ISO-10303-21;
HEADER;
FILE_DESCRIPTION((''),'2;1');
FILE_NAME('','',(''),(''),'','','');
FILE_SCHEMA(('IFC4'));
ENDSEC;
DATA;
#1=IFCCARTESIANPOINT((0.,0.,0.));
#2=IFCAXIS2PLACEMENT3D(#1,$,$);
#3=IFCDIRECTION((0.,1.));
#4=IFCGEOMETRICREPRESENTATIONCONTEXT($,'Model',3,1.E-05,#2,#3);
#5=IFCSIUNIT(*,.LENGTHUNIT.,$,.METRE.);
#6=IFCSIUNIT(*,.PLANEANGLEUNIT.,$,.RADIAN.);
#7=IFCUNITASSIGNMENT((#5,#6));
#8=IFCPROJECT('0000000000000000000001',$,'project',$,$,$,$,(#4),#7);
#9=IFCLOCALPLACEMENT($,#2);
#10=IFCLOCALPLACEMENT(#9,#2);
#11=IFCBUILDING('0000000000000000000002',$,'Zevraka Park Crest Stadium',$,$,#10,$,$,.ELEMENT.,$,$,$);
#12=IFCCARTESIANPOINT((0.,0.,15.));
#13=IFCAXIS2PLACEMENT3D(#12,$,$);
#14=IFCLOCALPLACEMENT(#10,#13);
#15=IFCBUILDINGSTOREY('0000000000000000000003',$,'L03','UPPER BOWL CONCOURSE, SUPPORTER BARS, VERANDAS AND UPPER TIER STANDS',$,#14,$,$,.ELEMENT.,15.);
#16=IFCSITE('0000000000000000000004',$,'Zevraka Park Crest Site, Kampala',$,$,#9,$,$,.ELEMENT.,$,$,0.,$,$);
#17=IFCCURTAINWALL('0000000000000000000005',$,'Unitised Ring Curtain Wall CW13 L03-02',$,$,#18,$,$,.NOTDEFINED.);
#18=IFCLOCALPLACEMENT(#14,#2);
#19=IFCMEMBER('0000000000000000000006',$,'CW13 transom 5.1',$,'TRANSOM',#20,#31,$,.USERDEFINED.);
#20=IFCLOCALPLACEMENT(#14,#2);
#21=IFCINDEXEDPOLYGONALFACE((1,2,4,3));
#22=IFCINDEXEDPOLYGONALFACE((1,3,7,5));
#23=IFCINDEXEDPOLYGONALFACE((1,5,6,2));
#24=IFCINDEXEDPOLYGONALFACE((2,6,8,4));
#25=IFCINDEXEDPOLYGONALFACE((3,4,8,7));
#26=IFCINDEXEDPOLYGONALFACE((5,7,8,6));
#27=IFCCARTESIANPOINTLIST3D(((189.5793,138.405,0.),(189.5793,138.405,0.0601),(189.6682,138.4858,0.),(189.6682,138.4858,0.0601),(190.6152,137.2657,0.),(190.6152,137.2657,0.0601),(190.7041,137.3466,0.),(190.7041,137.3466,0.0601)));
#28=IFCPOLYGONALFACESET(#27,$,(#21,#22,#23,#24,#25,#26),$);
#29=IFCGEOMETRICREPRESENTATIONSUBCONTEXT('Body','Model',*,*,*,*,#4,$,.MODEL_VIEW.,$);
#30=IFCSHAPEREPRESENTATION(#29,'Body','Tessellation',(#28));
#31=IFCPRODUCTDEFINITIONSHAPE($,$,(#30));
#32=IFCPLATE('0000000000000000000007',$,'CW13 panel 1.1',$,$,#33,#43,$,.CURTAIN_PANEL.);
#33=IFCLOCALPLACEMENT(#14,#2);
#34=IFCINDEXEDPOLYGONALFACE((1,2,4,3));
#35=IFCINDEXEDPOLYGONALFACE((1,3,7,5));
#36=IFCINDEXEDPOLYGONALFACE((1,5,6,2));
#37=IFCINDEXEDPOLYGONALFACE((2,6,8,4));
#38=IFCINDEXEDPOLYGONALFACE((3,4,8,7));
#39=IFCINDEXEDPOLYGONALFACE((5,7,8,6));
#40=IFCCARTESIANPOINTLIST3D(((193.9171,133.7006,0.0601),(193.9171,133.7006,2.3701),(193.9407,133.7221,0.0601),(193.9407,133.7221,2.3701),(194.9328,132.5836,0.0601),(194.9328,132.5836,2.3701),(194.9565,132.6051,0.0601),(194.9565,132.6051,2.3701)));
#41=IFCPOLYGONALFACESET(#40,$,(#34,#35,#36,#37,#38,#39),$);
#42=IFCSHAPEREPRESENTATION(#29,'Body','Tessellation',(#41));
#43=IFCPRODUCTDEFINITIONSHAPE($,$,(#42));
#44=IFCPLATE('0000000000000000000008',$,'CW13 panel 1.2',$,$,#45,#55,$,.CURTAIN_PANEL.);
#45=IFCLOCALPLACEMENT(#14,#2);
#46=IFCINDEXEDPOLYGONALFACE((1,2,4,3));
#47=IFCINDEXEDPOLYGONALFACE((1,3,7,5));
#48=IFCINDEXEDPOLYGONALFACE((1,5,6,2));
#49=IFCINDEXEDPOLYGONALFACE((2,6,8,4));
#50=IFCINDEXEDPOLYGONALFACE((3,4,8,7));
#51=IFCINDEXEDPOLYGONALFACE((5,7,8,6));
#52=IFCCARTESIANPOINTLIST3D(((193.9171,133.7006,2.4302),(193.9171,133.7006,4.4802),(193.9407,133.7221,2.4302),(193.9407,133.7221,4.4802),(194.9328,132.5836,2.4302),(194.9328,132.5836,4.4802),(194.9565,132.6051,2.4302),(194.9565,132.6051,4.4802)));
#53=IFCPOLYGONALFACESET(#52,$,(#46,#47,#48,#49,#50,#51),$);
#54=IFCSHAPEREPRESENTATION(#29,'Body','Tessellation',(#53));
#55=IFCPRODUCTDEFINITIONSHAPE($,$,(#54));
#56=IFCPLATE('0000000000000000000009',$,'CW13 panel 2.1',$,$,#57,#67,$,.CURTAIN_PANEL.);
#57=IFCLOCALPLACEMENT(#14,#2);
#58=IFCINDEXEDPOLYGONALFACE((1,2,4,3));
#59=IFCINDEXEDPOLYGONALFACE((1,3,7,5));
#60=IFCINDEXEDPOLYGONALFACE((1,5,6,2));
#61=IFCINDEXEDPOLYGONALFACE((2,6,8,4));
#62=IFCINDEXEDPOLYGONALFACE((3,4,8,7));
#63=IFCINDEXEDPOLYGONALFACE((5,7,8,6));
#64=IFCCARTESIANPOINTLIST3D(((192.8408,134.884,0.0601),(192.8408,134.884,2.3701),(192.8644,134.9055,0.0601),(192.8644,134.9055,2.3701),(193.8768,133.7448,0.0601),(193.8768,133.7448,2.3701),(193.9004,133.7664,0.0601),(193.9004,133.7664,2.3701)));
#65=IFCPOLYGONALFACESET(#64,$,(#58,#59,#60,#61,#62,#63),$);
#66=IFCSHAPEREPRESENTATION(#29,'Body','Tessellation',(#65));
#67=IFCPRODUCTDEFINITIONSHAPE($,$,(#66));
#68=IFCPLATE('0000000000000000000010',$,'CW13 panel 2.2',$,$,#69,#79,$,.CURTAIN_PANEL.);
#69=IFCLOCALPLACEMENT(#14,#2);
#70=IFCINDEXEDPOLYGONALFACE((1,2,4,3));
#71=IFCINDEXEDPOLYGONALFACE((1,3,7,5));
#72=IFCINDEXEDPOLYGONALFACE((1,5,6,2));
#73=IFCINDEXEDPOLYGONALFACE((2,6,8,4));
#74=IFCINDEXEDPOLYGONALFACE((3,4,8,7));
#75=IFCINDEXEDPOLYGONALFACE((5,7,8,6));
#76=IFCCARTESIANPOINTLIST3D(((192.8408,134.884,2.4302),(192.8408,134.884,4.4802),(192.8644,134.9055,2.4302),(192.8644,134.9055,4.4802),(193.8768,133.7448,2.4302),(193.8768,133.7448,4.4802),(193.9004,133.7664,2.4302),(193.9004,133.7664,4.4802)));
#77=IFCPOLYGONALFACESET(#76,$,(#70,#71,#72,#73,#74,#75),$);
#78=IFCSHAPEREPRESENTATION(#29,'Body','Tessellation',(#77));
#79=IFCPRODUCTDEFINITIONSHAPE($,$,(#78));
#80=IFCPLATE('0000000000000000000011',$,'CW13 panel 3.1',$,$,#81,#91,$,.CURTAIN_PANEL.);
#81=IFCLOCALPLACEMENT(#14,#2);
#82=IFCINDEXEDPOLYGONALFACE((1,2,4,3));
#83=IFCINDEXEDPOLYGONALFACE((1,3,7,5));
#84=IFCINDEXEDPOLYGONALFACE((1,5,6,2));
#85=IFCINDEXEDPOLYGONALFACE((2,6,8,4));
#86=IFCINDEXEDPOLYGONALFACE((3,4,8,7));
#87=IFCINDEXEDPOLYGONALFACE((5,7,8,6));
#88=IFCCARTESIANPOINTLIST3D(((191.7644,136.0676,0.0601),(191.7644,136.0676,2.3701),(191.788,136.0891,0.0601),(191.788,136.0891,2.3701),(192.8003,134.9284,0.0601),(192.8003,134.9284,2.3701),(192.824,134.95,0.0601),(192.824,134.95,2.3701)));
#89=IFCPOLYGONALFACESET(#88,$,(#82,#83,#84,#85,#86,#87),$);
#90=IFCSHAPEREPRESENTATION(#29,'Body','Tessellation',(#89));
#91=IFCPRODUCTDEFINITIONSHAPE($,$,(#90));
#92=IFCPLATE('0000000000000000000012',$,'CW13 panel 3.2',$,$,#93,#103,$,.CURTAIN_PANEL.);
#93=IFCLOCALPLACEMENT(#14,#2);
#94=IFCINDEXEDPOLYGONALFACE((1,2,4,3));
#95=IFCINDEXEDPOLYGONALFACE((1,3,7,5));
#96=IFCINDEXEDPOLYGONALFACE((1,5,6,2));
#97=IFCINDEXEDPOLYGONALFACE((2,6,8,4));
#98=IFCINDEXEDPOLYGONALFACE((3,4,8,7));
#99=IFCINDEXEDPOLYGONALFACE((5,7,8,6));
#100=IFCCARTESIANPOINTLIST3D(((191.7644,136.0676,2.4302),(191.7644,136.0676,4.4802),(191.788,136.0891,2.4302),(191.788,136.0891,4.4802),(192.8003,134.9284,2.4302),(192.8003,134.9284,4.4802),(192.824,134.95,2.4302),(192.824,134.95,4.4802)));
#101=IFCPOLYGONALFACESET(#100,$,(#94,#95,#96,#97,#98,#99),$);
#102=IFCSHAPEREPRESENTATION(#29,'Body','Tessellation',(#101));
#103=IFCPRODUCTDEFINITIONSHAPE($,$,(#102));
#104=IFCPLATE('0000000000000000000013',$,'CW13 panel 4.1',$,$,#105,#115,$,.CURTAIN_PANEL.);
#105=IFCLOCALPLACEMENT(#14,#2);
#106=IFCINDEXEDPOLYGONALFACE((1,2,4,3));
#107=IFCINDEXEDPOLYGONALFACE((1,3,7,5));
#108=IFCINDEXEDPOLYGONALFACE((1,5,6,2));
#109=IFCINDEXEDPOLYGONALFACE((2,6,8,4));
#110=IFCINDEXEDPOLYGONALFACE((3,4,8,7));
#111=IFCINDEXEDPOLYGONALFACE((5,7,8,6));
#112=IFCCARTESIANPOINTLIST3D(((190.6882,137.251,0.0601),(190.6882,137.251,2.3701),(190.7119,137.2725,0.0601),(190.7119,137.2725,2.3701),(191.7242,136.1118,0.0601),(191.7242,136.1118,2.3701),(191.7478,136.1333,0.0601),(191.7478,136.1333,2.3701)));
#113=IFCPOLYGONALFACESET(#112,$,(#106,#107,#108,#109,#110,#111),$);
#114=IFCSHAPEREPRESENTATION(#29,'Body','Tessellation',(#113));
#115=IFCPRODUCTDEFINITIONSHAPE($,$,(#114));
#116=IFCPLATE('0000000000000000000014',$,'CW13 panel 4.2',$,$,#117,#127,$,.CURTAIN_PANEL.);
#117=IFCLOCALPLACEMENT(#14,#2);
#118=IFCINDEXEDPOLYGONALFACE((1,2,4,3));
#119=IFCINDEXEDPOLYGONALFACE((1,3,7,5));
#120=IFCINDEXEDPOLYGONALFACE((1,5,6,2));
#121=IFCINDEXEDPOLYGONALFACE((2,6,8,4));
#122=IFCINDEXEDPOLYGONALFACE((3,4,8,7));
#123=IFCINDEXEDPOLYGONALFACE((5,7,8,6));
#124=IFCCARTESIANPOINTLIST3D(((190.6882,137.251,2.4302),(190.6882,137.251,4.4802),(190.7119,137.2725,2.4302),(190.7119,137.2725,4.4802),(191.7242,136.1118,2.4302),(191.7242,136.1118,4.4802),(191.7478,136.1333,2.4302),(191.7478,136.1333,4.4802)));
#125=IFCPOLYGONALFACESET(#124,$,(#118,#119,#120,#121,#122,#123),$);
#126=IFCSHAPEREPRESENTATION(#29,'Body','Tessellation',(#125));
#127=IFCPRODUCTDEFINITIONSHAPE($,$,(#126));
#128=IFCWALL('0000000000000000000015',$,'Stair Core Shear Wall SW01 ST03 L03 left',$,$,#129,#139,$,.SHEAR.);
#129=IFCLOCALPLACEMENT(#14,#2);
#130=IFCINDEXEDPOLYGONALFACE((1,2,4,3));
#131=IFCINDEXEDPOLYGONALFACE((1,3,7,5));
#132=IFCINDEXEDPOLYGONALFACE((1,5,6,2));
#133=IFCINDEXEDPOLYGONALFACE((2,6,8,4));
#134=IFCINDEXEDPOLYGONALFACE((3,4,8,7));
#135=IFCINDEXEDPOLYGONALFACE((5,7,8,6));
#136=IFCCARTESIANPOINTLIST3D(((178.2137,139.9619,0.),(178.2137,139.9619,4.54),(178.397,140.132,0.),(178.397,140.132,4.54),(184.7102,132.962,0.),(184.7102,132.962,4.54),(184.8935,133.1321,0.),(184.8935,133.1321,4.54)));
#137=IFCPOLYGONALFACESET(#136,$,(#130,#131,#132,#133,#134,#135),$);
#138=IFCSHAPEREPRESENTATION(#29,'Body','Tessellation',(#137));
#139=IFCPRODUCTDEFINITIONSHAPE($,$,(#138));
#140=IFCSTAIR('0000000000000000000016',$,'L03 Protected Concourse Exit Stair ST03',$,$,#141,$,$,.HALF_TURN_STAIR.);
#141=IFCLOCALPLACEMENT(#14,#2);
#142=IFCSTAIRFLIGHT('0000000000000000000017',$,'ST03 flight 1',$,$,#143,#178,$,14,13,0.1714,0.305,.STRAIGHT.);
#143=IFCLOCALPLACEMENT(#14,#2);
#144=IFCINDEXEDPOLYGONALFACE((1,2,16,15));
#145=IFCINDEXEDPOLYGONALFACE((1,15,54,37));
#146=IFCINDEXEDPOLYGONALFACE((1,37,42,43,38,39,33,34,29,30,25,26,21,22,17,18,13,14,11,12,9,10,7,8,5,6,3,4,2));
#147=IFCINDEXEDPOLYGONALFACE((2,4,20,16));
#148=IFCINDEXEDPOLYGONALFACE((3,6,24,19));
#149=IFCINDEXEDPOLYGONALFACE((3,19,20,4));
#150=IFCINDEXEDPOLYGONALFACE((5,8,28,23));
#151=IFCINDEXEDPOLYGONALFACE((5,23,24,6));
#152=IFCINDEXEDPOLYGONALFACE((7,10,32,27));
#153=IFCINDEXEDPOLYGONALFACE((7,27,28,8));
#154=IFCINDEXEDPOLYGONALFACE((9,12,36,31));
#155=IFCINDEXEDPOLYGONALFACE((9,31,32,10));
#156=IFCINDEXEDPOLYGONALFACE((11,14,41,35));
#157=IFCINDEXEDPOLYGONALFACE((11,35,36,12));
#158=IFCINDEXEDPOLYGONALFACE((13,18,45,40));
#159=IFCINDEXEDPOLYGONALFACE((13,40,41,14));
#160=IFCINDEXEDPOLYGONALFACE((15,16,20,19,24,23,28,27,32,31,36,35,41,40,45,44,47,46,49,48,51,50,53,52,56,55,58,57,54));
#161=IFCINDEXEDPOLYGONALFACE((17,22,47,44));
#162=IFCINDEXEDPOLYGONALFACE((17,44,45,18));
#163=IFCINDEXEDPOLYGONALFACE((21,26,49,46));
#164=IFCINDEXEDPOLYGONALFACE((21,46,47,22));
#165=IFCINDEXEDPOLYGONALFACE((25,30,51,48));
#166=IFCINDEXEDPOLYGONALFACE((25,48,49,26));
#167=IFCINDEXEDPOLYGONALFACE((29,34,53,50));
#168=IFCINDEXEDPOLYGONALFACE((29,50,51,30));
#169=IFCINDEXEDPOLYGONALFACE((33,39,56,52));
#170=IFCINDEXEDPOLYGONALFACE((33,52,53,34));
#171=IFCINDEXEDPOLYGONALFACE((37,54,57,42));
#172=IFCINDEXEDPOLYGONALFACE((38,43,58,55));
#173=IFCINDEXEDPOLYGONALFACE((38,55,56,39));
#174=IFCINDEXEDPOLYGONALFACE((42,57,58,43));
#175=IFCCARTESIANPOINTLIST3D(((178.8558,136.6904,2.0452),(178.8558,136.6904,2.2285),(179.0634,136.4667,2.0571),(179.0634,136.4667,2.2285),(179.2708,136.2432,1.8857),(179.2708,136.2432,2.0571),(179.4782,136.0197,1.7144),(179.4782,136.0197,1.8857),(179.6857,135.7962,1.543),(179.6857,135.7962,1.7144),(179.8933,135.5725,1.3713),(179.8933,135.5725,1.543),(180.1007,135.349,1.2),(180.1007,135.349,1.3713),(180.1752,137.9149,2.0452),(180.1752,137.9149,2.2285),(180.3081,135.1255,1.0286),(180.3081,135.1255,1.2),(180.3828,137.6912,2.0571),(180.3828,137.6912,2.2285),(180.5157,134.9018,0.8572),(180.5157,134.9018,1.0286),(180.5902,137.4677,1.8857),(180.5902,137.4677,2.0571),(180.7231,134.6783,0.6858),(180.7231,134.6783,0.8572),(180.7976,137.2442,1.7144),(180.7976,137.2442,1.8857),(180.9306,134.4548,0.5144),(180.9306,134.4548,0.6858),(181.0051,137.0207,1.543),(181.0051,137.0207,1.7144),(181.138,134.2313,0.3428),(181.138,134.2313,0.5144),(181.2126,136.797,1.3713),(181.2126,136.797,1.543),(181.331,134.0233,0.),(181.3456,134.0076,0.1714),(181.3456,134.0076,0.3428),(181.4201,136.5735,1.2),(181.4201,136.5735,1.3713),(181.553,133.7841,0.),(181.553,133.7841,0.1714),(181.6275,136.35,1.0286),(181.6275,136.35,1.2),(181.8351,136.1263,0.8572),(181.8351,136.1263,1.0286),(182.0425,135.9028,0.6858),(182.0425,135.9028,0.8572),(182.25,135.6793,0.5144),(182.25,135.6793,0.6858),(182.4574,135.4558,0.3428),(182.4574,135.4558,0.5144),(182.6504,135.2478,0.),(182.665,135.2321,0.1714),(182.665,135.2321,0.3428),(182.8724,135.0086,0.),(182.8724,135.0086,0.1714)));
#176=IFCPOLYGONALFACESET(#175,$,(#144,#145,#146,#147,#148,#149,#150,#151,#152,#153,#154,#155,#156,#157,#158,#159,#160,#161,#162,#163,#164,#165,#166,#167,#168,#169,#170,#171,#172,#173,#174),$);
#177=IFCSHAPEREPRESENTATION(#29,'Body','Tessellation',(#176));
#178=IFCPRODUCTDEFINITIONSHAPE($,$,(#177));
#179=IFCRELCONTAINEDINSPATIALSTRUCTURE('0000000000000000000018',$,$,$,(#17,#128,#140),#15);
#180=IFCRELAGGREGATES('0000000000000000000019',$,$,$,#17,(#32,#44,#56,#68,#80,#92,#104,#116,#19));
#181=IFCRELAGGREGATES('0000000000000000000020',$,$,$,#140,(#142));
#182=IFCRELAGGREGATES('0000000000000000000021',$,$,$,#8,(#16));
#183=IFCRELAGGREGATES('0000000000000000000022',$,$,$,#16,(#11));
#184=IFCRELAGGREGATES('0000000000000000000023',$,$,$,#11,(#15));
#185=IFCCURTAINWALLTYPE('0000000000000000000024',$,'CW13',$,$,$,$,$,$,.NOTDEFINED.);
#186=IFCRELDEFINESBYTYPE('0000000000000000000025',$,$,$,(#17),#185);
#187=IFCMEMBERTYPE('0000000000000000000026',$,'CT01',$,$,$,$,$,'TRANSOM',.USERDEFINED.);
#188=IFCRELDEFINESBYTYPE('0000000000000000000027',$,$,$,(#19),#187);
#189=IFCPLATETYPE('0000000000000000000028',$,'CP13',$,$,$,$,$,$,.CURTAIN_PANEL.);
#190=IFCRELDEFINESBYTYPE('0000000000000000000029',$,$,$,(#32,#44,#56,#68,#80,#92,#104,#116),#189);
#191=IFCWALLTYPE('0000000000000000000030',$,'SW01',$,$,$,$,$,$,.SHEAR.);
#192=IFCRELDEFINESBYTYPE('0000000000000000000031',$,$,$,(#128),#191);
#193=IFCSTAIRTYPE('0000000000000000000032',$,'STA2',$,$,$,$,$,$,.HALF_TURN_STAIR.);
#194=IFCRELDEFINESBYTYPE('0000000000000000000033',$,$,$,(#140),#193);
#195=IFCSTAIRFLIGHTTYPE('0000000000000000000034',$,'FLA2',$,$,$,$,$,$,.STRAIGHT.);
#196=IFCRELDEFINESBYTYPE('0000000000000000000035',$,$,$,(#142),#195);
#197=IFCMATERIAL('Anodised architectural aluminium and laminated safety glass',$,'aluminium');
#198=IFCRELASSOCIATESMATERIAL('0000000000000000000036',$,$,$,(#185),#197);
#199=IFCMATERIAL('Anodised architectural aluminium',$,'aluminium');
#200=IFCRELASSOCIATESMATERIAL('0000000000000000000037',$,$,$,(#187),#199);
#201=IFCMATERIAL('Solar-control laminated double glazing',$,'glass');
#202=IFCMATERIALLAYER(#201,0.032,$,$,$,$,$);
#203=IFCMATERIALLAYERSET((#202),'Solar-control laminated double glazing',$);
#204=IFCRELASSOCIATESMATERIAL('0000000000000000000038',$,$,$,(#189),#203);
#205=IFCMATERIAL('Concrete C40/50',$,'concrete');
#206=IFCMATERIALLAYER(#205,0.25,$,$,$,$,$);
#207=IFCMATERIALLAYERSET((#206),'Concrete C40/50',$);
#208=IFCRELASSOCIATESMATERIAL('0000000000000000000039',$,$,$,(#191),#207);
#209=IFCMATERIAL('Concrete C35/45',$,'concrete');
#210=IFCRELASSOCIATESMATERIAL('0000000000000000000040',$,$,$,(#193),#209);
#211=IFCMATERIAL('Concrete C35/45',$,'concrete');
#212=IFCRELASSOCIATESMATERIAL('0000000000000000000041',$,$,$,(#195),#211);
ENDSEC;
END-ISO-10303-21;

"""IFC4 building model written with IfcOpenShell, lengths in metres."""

from ifc_helpers import new_model, si_unit, direction, frame, frame_2d, origin, origin_2d, place, context, subcontext, project, spatial, polyline, rectangle, outline, extrude, material, layer, layer_set, material_profile, profile_set, type_object, element, aggregate, save


model = new_model("IFC4")

# Units and contexts
model_context = context("Model", 3, precision=1e-05, world=origin(), true_north=direction((0.0, 1.0)))
body_context = subcontext(model_context, "Body", "Model", "MODEL_VIEW")
ifc_project = project(units=[si_unit("LENGTHUNIT", "METRE"), si_unit("PLANEANGLEUNIT", "RADIAN")], contexts=[model_context])

# Site, building, storey
site_placement = place(None, origin())
site = spatial("IfcSite", under=ifc_project, at=site_placement, Name="Zevraka Park Crest Site, Kampala", CompositionType="ELEMENT", RefElevation=0.0)
building_placement = place(site_placement, origin())
building = spatial("IfcBuilding", under=site, at=building_placement, Name="Zevraka Park Crest Stadium", CompositionType="ELEMENT")
storey_placement = place(building_placement, frame((0.0, 0.0, 15.0)))
storey = spatial("IfcBuildingStorey", under=building, at=storey_placement, Name="L03", Description="UPPER BOWL CONCOURSE, SUPPORTER BARS, VERANDAS AND UPPER TIER STANDS", CompositionType="ELEMENT", Elevation=15.0)

# Curtain wall, member, plates
ifc_material_1 = material(Name="Anodised architectural aluminium and laminated safety glass", Category="aluminium")
curtain_wall_type = type_object("IfcCurtainWallType", Name="CW13", PredefinedType="NOTDEFINED", material=ifc_material_1)
curtain_wall_placement = place(storey_placement, origin())
curtain_wall = element("IfcCurtainWall", 1, at=curtain_wall_placement, inside=storey, type_object=curtain_wall_type, Name="Unitised Ring Curtain Wall CW13 L03-02", PredefinedType="NOTDEFINED")
ifc_material_2 = material(Name="Anodised architectural aluminium", Category="aluminium")
ifc_material_profile_1 = material_profile(ifc_material_2, rectangle(XDim=0.1201, YDim=0.0601, at=origin_2d()), Name="ALU TRANSOM 120x60")
ifc_profile_set_1 = profile_set([ifc_material_profile_1], Name="Anodised architectural aluminium")
member_type_1 = type_object("IfcMemberType", Name="CT01", ElementType="TRANSOM", PredefinedType="USERDEFINED", material=ifc_profile_set_1)
member_1_placement = place(storey_placement, frame((190.6597, 137.3062, 0.03), z_axis=(-0.672775, 0.739847, 0.0), x_axis=(-0.739847, -0.672775, 0.0)))
member_1 = element("IfcMember", 2, at=member_1_placement, type_object=member_type_1, Name="CW13 transom 5.1", ObjectType="TRANSOM", PredefinedType="USERDEFINED", context=body_context, shape_type="SweptSolid", body=[
    extrude(rectangle(XDim=0.1201, YDim=0.0601, at=origin_2d()), origin(), (0.0, 0.0, 1.0), 1.5398),
])
ifc_material_3 = material(Name="Solar-control laminated double glazing", Category="glass")
ifc_layer_1 = layer(ifc_material_3, 0.032)
ifc_layer_set_1 = layer_set([ifc_layer_1], Name="Solar-control laminated double glazing")
plate_type = type_object("IfcPlateType", Name="CP13", PredefinedType="CURTAIN_PANEL", material=ifc_layer_set_1)
plate_1_placement = place(storey_placement, frame((194.4368, 133.1528, 0.0601), z_axis=(0.0, 0.0, 1.0), x_axis=(-0.672802, 0.739823, 0.0)))
plate_1 = element("IfcPlate", 3, at=plate_1_placement, type_object=plate_type, Name="CW13 panel 1.1", PredefinedType="CURTAIN_PANEL", context=body_context, shape_type="SweptSolid", body=[
    extrude(rectangle(XDim=1.5098, YDim=0.032, at=origin_2d()), origin(), (0.0, 0.0, 1.0), 2.3101),
])
plate_2_placement = place(storey_placement, frame((194.4368, 133.1528, 2.4302), z_axis=(0.0, 0.0, 1.0), x_axis=(-0.672802, 0.739823, 0.0)))
plate_2 = element("IfcPlate", 4, at=plate_2_placement, type_object=plate_type, Name="CW13 panel 1.2", PredefinedType="CURTAIN_PANEL", context=body_context, shape_type="SweptSolid", body=[
    extrude(rectangle(XDim=1.5098, YDim=0.032, at=origin_2d()), origin(), (0.0, 0.0, 1.0), 2.05),
])
plate_3_placement = place(storey_placement, frame((193.3706, 134.3252, 0.0601), z_axis=(0.0, 0.0, 1.0), x_axis=(-0.672802, 0.739823, 0.0)))
plate_3 = element("IfcPlate", 5, at=plate_3_placement, type_object=plate_type, Name="CW13 panel 2.1", PredefinedType="CURTAIN_PANEL", context=body_context, shape_type="SweptSolid", body=[
    extrude(rectangle(XDim=1.5398, YDim=0.032, at=origin_2d()), origin(), (0.0, 0.0, 1.0), 2.3101),
])
plate_4_placement = place(storey_placement, frame((193.3706, 134.3252, 2.4302), z_axis=(0.0, 0.0, 1.0), x_axis=(-0.672802, 0.739823, 0.0)))
plate_4 = element("IfcPlate", 6, at=plate_4_placement, type_object=plate_type, Name="CW13 panel 2.2", PredefinedType="CURTAIN_PANEL", context=body_context, shape_type="SweptSolid", body=[
    extrude(rectangle(XDim=1.5398, YDim=0.032, at=origin_2d()), origin(), (0.0, 0.0, 1.0), 2.05),
])
plate_5_placement = place(storey_placement, frame((192.2942, 135.5088, 0.0601), z_axis=(0.0, 0.0, 1.0), x_axis=(-0.672802, 0.739823, 0.0)))
plate_5 = element("IfcPlate", 7, at=plate_5_placement, type_object=plate_type, Name="CW13 panel 3.1", PredefinedType="CURTAIN_PANEL", context=body_context, shape_type="SweptSolid", body=[
    extrude(rectangle(XDim=1.5398, YDim=0.032, at=origin_2d()), origin(), (0.0, 0.0, 1.0), 2.3101),
])
plate_6_placement = place(storey_placement, frame((192.2942, 135.5088, 2.4302), z_axis=(0.0, 0.0, 1.0), x_axis=(-0.672802, 0.739823, 0.0)))
plate_6 = element("IfcPlate", 8, at=plate_6_placement, type_object=plate_type, Name="CW13 panel 3.2", PredefinedType="CURTAIN_PANEL", context=body_context, shape_type="SweptSolid", body=[
    extrude(rectangle(XDim=1.5398, YDim=0.032, at=origin_2d()), origin(), (0.0, 0.0, 1.0), 2.05),
])
plate_7_placement = place(storey_placement, frame((191.218, 136.6921, 0.0601), z_axis=(0.0, 0.0, 1.0), x_axis=(-0.672802, 0.739823, 0.0)))
plate_7 = element("IfcPlate", 9, at=plate_7_placement, type_object=plate_type, Name="CW13 panel 4.1", PredefinedType="CURTAIN_PANEL", context=body_context, shape_type="SweptSolid", body=[
    extrude(rectangle(XDim=1.5398, YDim=0.032, at=origin_2d()), origin(), (0.0, 0.0, 1.0), 2.3101),
])
plate_8_placement = place(storey_placement, frame((191.218, 136.6921, 2.4302), z_axis=(0.0, 0.0, 1.0), x_axis=(-0.672802, 0.739823, 0.0)))
plate_8 = element("IfcPlate", 10, at=plate_8_placement, type_object=plate_type, Name="CW13 panel 4.2", PredefinedType="CURTAIN_PANEL", context=body_context, shape_type="SweptSolid", body=[
    extrude(rectangle(XDim=1.5398, YDim=0.032, at=origin_2d()), origin(), (0.0, 0.0, 1.0), 2.05),
])
aggregate(curtain_wall, [plate_1, plate_2, plate_3, plate_4, plate_5, plate_6, plate_7, plate_8, member_1])

# Wall
ifc_material_4 = material(Name="Concrete C40/50", Category="concrete")
ifc_layer_2 = layer(ifc_material_4, 0.25)
ifc_layer_set_2 = layer_set([ifc_layer_2], Name="Concrete C40/50")
wall_type = type_object("IfcWallType", Name="SW01", PredefinedType="SHEAR", material=ifc_layer_set_2)
wall_placement = place(storey_placement, frame((184.8018, 133.0471, 0.0), z_axis=(0.0, 0.0, 1.0), x_axis=(-0.680259, 0.732972, 0.0)))
element("IfcWall", 11, at=wall_placement, inside=storey, type_object=wall_type, Name="Stair Core Shear Wall SW01 ST03 L03 left", PredefinedType="SHEAR", context=body_context, shape_type="SweptSolid", body=[
    extrude(rectangle(XDim=9.55, YDim=0.25, at=frame_2d((4.7749, 0.0))), origin(), (0.0, 0.0, 1.0), 4.54),
])

# Stair, stair flight
ifc_material_5 = material(Name="Concrete C35/45", Category="concrete")
stair_type = type_object("IfcStairType", Name="STA2", PredefinedType="HALF_TURN_STAIR", material=ifc_material_5)
stair_placement = place(storey_placement, origin())
stair = element("IfcStair", 12, at=stair_placement, inside=storey, type_object=stair_type, Name="L03 Protected Concourse Exit Stair ST03", PredefinedType="HALF_TURN_STAIR")
ifc_material_6 = material(Name="Concrete C35/45", Category="concrete")
stair_flight_type = type_object("IfcStairFlightType", Name="FLA2", PredefinedType="STRAIGHT", material=ifc_material_6)
stair_flight_1_placement = place(storey_placement, frame((182.2126, 134.3962, 0.0), z_axis=(0.0, 0.0, 1.0), x_axis=(-0.680255, 0.732975, 0.0)))
stair_flight_1 = element("IfcStairFlight", 13, at=stair_flight_1_placement, type_object=stair_flight_type, Name="ST03 flight 1", NumberOfRisers=14, NumberOfTreads=13, PredefinedType="STRAIGHT", RiserHeight=0.1714, TreadLength=0.305, context=body_context, shape_type="SweptSolid", body=[
    extrude(outline(polyline([(0.0, 0.0), (0.0, 0.1714), (0.3049, 0.1714), (0.3049, 0.3428), (0.6101, 0.3428), (0.6101, 0.5144), (0.915, 0.5144), (0.915, 0.6858), (1.22, 0.6858), (1.22, 0.8572), (1.5249, 0.8572), (1.5249, 1.0286), (1.8301, 1.0286), (1.8301, 1.2), (2.135, 1.2), (2.135, 1.3713), (2.4399, 1.3713), (2.4399, 1.543), (2.7451, 1.543), (2.7451, 1.7144), (3.05, 1.7144), (3.05, 1.8857), (3.355, 1.8857), (3.355, 2.0571), (3.6599, 2.0571), (3.6599, 2.2285), (3.9651, 2.2285), (3.9651, 2.3999), (3.9651, 2.0452), (0.3264, 0.0), (0.0, 0.0)])), frame((0.0, 0.8999, 0.0), z_axis=(0.0, -1.0, 0.0), x_axis=(1.0, 0.0, 0.0)), (0.0, 0.0, 1.0), 1.8),
])
aggregate(stair, [stair_flight_1])

save(model, "model.ifc")
